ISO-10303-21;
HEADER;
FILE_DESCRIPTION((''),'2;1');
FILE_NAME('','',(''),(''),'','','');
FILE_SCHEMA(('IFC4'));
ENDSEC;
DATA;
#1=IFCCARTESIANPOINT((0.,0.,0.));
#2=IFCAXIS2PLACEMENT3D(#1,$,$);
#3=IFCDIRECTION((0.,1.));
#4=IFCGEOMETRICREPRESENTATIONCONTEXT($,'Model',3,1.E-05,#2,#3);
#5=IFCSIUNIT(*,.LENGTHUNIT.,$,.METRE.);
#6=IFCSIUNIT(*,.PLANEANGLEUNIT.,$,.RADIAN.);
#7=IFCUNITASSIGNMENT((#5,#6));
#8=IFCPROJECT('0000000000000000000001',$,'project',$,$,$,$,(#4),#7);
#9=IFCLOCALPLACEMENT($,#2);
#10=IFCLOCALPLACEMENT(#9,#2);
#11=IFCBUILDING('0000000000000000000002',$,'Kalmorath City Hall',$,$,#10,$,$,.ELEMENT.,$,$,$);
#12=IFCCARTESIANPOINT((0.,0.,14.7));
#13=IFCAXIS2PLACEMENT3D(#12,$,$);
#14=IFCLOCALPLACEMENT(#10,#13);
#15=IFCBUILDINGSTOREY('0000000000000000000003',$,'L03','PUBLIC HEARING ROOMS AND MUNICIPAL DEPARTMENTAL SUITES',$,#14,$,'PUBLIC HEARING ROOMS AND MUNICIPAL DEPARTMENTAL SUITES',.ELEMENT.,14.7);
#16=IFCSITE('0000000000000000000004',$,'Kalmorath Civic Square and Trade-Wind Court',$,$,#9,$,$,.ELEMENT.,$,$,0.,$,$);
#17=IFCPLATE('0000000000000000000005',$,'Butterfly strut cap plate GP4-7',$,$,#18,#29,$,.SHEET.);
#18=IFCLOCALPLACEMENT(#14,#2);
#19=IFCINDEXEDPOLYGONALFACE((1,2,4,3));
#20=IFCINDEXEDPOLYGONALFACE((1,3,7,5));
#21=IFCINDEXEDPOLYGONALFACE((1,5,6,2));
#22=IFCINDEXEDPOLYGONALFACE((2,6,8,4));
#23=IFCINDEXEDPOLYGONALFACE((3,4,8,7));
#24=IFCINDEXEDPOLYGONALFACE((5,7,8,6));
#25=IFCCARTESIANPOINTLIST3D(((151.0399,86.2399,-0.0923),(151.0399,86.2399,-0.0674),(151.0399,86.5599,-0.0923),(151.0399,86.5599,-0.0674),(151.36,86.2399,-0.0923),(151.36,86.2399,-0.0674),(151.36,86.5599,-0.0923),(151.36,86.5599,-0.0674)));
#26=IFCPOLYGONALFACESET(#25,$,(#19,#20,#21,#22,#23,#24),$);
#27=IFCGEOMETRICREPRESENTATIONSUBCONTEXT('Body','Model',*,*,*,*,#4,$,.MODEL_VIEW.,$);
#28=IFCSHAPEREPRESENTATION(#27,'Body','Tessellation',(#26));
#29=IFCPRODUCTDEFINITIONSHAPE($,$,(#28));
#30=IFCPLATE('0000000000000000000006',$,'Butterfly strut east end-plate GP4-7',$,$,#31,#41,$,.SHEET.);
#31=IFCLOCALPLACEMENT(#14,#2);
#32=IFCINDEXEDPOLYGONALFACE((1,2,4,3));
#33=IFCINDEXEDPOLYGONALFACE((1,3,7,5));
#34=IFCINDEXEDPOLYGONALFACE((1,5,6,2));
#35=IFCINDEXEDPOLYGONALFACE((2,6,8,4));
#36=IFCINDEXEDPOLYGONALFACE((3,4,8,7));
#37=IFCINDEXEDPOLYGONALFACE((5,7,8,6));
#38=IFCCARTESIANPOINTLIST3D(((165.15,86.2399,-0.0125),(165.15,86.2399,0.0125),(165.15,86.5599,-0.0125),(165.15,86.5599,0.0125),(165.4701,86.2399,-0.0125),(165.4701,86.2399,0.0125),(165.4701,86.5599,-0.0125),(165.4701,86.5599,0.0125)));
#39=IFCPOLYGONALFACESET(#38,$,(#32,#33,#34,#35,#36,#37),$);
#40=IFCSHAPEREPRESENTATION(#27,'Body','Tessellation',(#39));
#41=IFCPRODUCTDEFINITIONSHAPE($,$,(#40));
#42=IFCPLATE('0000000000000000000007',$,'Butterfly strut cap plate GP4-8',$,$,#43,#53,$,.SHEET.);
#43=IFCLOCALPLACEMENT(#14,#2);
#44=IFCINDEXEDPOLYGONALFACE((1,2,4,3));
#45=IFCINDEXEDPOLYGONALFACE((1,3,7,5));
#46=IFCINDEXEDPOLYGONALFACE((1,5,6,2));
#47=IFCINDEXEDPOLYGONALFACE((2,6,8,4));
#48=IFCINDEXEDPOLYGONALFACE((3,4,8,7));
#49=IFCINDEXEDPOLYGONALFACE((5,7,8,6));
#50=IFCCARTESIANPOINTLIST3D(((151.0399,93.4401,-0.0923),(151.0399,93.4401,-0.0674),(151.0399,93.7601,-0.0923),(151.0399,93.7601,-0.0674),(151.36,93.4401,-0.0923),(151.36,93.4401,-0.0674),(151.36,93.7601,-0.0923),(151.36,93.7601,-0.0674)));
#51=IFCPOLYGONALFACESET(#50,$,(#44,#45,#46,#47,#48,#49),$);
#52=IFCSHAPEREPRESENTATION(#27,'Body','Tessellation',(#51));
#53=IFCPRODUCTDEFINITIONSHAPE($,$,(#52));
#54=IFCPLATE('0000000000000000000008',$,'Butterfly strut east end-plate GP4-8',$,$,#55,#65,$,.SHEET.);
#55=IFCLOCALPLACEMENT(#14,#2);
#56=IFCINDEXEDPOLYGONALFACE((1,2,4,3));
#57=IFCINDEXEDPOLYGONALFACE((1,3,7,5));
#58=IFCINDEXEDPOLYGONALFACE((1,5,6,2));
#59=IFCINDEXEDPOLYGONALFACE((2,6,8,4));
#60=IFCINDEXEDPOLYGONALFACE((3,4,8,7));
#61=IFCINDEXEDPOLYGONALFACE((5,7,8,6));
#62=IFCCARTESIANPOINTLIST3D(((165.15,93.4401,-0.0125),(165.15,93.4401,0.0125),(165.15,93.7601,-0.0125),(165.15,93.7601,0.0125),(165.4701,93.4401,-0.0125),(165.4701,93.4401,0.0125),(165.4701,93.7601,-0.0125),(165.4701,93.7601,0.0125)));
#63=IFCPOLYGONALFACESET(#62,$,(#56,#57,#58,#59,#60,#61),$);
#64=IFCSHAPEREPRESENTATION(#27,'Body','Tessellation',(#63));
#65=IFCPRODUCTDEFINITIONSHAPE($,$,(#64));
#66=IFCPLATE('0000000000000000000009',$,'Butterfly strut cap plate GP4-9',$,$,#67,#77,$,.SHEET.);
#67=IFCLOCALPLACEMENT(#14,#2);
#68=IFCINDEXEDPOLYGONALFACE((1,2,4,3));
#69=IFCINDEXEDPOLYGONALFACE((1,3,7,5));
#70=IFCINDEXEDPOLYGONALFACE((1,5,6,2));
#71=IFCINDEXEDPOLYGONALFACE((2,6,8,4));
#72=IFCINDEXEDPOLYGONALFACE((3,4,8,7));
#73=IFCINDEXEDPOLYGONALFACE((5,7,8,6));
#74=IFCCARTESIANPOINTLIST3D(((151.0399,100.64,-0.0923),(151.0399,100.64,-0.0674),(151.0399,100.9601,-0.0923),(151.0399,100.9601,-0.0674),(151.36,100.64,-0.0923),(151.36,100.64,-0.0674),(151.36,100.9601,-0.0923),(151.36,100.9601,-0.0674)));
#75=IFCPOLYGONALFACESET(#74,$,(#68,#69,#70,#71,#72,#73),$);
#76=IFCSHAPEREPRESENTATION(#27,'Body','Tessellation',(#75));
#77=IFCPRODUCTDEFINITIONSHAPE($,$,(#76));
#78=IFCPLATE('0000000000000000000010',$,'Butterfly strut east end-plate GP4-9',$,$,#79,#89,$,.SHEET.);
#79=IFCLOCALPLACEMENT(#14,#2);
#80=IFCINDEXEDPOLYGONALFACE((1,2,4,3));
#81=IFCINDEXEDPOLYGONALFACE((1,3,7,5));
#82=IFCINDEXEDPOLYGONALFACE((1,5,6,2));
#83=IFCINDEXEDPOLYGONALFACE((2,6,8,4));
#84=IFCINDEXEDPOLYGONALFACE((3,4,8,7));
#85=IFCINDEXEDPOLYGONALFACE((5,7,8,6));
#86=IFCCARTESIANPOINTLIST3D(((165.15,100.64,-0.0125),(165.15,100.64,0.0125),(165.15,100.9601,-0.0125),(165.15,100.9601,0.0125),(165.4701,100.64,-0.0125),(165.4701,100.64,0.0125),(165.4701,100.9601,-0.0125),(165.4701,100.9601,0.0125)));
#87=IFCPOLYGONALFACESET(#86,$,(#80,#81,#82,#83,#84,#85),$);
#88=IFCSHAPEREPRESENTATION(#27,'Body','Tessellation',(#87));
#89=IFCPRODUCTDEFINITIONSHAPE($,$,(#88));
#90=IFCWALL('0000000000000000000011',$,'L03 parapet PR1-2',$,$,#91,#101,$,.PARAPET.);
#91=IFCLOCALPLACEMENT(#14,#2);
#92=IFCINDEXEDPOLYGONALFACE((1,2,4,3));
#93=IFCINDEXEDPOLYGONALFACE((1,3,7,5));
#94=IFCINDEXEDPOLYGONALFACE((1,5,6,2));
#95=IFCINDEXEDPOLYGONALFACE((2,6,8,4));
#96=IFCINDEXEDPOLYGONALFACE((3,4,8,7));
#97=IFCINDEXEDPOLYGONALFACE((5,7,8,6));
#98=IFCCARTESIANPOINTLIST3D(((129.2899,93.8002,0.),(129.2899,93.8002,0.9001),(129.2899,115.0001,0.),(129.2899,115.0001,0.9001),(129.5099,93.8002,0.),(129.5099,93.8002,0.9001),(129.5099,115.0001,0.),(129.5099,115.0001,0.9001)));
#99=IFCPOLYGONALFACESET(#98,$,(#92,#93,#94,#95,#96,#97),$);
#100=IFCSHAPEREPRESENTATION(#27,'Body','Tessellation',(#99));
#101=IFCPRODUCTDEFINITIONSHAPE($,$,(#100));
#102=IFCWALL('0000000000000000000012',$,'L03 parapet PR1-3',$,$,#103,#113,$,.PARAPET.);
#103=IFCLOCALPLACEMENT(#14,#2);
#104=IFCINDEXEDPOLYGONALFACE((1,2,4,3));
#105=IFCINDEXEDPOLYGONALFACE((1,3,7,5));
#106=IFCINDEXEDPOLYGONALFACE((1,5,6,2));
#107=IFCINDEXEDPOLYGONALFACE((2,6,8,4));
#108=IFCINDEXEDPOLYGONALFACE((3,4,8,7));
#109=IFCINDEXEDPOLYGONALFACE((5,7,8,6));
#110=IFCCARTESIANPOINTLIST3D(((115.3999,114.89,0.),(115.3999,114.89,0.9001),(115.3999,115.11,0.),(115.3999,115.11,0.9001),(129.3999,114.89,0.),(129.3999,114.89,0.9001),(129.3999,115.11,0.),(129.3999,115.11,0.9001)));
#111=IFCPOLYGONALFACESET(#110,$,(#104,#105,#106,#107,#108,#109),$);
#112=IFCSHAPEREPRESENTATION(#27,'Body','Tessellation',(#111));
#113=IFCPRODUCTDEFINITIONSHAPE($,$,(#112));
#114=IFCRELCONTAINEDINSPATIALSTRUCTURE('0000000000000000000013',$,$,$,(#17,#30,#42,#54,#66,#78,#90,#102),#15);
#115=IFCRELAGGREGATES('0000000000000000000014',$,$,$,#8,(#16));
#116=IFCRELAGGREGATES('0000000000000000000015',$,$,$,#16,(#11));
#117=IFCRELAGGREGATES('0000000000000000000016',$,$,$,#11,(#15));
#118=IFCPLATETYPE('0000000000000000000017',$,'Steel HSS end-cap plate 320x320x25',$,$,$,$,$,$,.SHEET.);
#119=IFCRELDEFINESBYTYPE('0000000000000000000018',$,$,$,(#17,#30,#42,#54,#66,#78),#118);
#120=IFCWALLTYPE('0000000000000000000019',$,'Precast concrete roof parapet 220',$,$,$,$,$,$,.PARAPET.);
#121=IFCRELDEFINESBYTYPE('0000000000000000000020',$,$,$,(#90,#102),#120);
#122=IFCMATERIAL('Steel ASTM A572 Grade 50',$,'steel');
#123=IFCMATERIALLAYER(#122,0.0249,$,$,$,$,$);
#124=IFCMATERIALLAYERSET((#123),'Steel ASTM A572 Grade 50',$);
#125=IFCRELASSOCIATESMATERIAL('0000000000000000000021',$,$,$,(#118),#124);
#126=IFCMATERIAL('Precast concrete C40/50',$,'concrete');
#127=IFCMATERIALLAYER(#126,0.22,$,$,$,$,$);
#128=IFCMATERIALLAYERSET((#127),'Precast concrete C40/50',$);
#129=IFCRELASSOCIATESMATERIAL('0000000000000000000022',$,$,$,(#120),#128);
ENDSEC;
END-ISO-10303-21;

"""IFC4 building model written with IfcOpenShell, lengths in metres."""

from ifc_helpers import new_model, si_unit, direction, frame, frame_2d, origin, origin_2d, place, context, subcontext, project, spatial, rectangle, extrude, material, layer, layer_set, type_object, element, save


model = new_model("IFC4")

# Units and contexts
model_context = context("Model", 3, precision=1e-05, world=origin(), true_north=direction((0.0, 1.0)))
body_context = subcontext(model_context, "Body", "Model", "MODEL_VIEW")
ifc_project = project(units=[si_unit("LENGTHUNIT", "METRE"), si_unit("PLANEANGLEUNIT", "RADIAN")], contexts=[model_context])

# Site, building, storey
site_placement = place(None, origin())
site = spatial("IfcSite", under=ifc_project, at=site_placement, Name="Kalmorath Civic Square and Trade-Wind Court", CompositionType="ELEMENT", RefElevation=0.0)
building_placement = place(site_placement, origin())
building = spatial("IfcBuilding", under=site, at=building_placement, Name="Kalmorath City Hall", CompositionType="ELEMENT")
storey_placement = place(building_placement, frame((0.0, 0.0, 14.7)))
storey = spatial("IfcBuildingStorey", under=building, at=storey_placement, Name="L03", Description="PUBLIC HEARING ROOMS AND MUNICIPAL DEPARTMENTAL SUITES", LongName="PUBLIC HEARING ROOMS AND MUNICIPAL DEPARTMENTAL SUITES", CompositionType="ELEMENT", Elevation=14.7)

# Plates
ifc_material_1 = material(Name="Steel ASTM A572 Grade 50", Category="steel")
ifc_layer_1 = layer(ifc_material_1, 0.0249)
ifc_layer_set_1 = layer_set([ifc_layer_1], Name="Steel ASTM A572 Grade 50")
plate_type = type_object("IfcPlateType", Name="Steel HSS end-cap plate 320x320x25", PredefinedType="SHEET", material=ifc_layer_set_1)
for number, where, z_axis, x_axis, name in (
    (1, (151.2, 86.3999, -0.0923), (0.0, 0.0, 1.0), (1.0, 0.0, 0.0), "Butterfly strut cap plate GP4-7"),
    (2, (165.3101, 86.3999, -0.0125), (0.0, 0.0, 1.0), (1.0, 0.0, 0.0), "Butterfly strut east end-plate GP4-7"),
    (3, (151.2, 93.6001, -0.0923), (0.0, 0.0, 1.0), (1.0, 0.0, 0.0), "Butterfly strut cap plate GP4-8"),
    (4, (165.3101, 93.6001, -0.0125), (0.0, 0.0, 1.0), (1.0, 0.0, 0.0), "Butterfly strut east end-plate GP4-8"),
    (5, (151.2, 100.8, -0.0923), (0.0, 0.0, 1.0), (1.0, 0.0, 0.0), "Butterfly strut cap plate GP4-9"),
    (6, (165.3101, 100.8, -0.0125), (0.0, 0.0, 1.0), (1.0, 0.0, 0.0), "Butterfly strut east end-plate GP4-9"),
):
    element("IfcPlate", number, at=place(storey_placement, frame(where, z_axis=z_axis, x_axis=x_axis)), inside=storey, type_object=plate_type, Name=name, PredefinedType="SHEET", context=body_context, shape_type="SweptSolid", body=[
        extrude(rectangle(XDim=0.3201, YDim=0.3201, at=origin_2d()), origin(), (0.0, 0.0, 1.0), 0.0249),
    ])

# Walls
ifc_material_2 = material(Name="Precast concrete C40/50", Category="concrete")
ifc_layer_2 = layer(ifc_material_2, 0.22)
ifc_layer_set_2 = layer_set([ifc_layer_2], Name="Precast concrete C40/50")
wall_type = type_object("IfcWallType", Name="Precast concrete roof parapet 220", PredefinedType="PARAPET", material=ifc_layer_set_2)
wall_1_placement = place(storey_placement, frame((129.3999, 93.8, 0.0), z_axis=(0.0, 0.0, 1.0), x_axis=(0.0, 1.0, 0.0)))
element("IfcWall", 7, at=wall_1_placement, inside=storey, type_object=wall_type, Name="L03 parapet PR1-2", PredefinedType="PARAPET", context=body_context, shape_type="SweptSolid", body=[
    extrude(rectangle(XDim=21.2, YDim=0.22, at=frame_2d((10.6001, 0.0))), origin(), (0.0, 0.0, 1.0), 0.9001),
])
wall_2_placement = place(storey_placement, frame((129.3999, 115.0, 0.0), z_axis=(0.0, 0.0, 1.0), x_axis=(-1.0, 0.0, 0.0)))
element("IfcWall", 8, at=wall_2_placement, inside=storey, type_object=wall_type, Name="L03 parapet PR1-3", PredefinedType="PARAPET", context=body_context, shape_type="SweptSolid", body=[
    extrude(rectangle(XDim=14.0, YDim=0.22, at=frame_2d((7.0, 0.0))), origin(), (0.0, 0.0, 1.0), 0.9001),
])

save(model, "model.ifc")
